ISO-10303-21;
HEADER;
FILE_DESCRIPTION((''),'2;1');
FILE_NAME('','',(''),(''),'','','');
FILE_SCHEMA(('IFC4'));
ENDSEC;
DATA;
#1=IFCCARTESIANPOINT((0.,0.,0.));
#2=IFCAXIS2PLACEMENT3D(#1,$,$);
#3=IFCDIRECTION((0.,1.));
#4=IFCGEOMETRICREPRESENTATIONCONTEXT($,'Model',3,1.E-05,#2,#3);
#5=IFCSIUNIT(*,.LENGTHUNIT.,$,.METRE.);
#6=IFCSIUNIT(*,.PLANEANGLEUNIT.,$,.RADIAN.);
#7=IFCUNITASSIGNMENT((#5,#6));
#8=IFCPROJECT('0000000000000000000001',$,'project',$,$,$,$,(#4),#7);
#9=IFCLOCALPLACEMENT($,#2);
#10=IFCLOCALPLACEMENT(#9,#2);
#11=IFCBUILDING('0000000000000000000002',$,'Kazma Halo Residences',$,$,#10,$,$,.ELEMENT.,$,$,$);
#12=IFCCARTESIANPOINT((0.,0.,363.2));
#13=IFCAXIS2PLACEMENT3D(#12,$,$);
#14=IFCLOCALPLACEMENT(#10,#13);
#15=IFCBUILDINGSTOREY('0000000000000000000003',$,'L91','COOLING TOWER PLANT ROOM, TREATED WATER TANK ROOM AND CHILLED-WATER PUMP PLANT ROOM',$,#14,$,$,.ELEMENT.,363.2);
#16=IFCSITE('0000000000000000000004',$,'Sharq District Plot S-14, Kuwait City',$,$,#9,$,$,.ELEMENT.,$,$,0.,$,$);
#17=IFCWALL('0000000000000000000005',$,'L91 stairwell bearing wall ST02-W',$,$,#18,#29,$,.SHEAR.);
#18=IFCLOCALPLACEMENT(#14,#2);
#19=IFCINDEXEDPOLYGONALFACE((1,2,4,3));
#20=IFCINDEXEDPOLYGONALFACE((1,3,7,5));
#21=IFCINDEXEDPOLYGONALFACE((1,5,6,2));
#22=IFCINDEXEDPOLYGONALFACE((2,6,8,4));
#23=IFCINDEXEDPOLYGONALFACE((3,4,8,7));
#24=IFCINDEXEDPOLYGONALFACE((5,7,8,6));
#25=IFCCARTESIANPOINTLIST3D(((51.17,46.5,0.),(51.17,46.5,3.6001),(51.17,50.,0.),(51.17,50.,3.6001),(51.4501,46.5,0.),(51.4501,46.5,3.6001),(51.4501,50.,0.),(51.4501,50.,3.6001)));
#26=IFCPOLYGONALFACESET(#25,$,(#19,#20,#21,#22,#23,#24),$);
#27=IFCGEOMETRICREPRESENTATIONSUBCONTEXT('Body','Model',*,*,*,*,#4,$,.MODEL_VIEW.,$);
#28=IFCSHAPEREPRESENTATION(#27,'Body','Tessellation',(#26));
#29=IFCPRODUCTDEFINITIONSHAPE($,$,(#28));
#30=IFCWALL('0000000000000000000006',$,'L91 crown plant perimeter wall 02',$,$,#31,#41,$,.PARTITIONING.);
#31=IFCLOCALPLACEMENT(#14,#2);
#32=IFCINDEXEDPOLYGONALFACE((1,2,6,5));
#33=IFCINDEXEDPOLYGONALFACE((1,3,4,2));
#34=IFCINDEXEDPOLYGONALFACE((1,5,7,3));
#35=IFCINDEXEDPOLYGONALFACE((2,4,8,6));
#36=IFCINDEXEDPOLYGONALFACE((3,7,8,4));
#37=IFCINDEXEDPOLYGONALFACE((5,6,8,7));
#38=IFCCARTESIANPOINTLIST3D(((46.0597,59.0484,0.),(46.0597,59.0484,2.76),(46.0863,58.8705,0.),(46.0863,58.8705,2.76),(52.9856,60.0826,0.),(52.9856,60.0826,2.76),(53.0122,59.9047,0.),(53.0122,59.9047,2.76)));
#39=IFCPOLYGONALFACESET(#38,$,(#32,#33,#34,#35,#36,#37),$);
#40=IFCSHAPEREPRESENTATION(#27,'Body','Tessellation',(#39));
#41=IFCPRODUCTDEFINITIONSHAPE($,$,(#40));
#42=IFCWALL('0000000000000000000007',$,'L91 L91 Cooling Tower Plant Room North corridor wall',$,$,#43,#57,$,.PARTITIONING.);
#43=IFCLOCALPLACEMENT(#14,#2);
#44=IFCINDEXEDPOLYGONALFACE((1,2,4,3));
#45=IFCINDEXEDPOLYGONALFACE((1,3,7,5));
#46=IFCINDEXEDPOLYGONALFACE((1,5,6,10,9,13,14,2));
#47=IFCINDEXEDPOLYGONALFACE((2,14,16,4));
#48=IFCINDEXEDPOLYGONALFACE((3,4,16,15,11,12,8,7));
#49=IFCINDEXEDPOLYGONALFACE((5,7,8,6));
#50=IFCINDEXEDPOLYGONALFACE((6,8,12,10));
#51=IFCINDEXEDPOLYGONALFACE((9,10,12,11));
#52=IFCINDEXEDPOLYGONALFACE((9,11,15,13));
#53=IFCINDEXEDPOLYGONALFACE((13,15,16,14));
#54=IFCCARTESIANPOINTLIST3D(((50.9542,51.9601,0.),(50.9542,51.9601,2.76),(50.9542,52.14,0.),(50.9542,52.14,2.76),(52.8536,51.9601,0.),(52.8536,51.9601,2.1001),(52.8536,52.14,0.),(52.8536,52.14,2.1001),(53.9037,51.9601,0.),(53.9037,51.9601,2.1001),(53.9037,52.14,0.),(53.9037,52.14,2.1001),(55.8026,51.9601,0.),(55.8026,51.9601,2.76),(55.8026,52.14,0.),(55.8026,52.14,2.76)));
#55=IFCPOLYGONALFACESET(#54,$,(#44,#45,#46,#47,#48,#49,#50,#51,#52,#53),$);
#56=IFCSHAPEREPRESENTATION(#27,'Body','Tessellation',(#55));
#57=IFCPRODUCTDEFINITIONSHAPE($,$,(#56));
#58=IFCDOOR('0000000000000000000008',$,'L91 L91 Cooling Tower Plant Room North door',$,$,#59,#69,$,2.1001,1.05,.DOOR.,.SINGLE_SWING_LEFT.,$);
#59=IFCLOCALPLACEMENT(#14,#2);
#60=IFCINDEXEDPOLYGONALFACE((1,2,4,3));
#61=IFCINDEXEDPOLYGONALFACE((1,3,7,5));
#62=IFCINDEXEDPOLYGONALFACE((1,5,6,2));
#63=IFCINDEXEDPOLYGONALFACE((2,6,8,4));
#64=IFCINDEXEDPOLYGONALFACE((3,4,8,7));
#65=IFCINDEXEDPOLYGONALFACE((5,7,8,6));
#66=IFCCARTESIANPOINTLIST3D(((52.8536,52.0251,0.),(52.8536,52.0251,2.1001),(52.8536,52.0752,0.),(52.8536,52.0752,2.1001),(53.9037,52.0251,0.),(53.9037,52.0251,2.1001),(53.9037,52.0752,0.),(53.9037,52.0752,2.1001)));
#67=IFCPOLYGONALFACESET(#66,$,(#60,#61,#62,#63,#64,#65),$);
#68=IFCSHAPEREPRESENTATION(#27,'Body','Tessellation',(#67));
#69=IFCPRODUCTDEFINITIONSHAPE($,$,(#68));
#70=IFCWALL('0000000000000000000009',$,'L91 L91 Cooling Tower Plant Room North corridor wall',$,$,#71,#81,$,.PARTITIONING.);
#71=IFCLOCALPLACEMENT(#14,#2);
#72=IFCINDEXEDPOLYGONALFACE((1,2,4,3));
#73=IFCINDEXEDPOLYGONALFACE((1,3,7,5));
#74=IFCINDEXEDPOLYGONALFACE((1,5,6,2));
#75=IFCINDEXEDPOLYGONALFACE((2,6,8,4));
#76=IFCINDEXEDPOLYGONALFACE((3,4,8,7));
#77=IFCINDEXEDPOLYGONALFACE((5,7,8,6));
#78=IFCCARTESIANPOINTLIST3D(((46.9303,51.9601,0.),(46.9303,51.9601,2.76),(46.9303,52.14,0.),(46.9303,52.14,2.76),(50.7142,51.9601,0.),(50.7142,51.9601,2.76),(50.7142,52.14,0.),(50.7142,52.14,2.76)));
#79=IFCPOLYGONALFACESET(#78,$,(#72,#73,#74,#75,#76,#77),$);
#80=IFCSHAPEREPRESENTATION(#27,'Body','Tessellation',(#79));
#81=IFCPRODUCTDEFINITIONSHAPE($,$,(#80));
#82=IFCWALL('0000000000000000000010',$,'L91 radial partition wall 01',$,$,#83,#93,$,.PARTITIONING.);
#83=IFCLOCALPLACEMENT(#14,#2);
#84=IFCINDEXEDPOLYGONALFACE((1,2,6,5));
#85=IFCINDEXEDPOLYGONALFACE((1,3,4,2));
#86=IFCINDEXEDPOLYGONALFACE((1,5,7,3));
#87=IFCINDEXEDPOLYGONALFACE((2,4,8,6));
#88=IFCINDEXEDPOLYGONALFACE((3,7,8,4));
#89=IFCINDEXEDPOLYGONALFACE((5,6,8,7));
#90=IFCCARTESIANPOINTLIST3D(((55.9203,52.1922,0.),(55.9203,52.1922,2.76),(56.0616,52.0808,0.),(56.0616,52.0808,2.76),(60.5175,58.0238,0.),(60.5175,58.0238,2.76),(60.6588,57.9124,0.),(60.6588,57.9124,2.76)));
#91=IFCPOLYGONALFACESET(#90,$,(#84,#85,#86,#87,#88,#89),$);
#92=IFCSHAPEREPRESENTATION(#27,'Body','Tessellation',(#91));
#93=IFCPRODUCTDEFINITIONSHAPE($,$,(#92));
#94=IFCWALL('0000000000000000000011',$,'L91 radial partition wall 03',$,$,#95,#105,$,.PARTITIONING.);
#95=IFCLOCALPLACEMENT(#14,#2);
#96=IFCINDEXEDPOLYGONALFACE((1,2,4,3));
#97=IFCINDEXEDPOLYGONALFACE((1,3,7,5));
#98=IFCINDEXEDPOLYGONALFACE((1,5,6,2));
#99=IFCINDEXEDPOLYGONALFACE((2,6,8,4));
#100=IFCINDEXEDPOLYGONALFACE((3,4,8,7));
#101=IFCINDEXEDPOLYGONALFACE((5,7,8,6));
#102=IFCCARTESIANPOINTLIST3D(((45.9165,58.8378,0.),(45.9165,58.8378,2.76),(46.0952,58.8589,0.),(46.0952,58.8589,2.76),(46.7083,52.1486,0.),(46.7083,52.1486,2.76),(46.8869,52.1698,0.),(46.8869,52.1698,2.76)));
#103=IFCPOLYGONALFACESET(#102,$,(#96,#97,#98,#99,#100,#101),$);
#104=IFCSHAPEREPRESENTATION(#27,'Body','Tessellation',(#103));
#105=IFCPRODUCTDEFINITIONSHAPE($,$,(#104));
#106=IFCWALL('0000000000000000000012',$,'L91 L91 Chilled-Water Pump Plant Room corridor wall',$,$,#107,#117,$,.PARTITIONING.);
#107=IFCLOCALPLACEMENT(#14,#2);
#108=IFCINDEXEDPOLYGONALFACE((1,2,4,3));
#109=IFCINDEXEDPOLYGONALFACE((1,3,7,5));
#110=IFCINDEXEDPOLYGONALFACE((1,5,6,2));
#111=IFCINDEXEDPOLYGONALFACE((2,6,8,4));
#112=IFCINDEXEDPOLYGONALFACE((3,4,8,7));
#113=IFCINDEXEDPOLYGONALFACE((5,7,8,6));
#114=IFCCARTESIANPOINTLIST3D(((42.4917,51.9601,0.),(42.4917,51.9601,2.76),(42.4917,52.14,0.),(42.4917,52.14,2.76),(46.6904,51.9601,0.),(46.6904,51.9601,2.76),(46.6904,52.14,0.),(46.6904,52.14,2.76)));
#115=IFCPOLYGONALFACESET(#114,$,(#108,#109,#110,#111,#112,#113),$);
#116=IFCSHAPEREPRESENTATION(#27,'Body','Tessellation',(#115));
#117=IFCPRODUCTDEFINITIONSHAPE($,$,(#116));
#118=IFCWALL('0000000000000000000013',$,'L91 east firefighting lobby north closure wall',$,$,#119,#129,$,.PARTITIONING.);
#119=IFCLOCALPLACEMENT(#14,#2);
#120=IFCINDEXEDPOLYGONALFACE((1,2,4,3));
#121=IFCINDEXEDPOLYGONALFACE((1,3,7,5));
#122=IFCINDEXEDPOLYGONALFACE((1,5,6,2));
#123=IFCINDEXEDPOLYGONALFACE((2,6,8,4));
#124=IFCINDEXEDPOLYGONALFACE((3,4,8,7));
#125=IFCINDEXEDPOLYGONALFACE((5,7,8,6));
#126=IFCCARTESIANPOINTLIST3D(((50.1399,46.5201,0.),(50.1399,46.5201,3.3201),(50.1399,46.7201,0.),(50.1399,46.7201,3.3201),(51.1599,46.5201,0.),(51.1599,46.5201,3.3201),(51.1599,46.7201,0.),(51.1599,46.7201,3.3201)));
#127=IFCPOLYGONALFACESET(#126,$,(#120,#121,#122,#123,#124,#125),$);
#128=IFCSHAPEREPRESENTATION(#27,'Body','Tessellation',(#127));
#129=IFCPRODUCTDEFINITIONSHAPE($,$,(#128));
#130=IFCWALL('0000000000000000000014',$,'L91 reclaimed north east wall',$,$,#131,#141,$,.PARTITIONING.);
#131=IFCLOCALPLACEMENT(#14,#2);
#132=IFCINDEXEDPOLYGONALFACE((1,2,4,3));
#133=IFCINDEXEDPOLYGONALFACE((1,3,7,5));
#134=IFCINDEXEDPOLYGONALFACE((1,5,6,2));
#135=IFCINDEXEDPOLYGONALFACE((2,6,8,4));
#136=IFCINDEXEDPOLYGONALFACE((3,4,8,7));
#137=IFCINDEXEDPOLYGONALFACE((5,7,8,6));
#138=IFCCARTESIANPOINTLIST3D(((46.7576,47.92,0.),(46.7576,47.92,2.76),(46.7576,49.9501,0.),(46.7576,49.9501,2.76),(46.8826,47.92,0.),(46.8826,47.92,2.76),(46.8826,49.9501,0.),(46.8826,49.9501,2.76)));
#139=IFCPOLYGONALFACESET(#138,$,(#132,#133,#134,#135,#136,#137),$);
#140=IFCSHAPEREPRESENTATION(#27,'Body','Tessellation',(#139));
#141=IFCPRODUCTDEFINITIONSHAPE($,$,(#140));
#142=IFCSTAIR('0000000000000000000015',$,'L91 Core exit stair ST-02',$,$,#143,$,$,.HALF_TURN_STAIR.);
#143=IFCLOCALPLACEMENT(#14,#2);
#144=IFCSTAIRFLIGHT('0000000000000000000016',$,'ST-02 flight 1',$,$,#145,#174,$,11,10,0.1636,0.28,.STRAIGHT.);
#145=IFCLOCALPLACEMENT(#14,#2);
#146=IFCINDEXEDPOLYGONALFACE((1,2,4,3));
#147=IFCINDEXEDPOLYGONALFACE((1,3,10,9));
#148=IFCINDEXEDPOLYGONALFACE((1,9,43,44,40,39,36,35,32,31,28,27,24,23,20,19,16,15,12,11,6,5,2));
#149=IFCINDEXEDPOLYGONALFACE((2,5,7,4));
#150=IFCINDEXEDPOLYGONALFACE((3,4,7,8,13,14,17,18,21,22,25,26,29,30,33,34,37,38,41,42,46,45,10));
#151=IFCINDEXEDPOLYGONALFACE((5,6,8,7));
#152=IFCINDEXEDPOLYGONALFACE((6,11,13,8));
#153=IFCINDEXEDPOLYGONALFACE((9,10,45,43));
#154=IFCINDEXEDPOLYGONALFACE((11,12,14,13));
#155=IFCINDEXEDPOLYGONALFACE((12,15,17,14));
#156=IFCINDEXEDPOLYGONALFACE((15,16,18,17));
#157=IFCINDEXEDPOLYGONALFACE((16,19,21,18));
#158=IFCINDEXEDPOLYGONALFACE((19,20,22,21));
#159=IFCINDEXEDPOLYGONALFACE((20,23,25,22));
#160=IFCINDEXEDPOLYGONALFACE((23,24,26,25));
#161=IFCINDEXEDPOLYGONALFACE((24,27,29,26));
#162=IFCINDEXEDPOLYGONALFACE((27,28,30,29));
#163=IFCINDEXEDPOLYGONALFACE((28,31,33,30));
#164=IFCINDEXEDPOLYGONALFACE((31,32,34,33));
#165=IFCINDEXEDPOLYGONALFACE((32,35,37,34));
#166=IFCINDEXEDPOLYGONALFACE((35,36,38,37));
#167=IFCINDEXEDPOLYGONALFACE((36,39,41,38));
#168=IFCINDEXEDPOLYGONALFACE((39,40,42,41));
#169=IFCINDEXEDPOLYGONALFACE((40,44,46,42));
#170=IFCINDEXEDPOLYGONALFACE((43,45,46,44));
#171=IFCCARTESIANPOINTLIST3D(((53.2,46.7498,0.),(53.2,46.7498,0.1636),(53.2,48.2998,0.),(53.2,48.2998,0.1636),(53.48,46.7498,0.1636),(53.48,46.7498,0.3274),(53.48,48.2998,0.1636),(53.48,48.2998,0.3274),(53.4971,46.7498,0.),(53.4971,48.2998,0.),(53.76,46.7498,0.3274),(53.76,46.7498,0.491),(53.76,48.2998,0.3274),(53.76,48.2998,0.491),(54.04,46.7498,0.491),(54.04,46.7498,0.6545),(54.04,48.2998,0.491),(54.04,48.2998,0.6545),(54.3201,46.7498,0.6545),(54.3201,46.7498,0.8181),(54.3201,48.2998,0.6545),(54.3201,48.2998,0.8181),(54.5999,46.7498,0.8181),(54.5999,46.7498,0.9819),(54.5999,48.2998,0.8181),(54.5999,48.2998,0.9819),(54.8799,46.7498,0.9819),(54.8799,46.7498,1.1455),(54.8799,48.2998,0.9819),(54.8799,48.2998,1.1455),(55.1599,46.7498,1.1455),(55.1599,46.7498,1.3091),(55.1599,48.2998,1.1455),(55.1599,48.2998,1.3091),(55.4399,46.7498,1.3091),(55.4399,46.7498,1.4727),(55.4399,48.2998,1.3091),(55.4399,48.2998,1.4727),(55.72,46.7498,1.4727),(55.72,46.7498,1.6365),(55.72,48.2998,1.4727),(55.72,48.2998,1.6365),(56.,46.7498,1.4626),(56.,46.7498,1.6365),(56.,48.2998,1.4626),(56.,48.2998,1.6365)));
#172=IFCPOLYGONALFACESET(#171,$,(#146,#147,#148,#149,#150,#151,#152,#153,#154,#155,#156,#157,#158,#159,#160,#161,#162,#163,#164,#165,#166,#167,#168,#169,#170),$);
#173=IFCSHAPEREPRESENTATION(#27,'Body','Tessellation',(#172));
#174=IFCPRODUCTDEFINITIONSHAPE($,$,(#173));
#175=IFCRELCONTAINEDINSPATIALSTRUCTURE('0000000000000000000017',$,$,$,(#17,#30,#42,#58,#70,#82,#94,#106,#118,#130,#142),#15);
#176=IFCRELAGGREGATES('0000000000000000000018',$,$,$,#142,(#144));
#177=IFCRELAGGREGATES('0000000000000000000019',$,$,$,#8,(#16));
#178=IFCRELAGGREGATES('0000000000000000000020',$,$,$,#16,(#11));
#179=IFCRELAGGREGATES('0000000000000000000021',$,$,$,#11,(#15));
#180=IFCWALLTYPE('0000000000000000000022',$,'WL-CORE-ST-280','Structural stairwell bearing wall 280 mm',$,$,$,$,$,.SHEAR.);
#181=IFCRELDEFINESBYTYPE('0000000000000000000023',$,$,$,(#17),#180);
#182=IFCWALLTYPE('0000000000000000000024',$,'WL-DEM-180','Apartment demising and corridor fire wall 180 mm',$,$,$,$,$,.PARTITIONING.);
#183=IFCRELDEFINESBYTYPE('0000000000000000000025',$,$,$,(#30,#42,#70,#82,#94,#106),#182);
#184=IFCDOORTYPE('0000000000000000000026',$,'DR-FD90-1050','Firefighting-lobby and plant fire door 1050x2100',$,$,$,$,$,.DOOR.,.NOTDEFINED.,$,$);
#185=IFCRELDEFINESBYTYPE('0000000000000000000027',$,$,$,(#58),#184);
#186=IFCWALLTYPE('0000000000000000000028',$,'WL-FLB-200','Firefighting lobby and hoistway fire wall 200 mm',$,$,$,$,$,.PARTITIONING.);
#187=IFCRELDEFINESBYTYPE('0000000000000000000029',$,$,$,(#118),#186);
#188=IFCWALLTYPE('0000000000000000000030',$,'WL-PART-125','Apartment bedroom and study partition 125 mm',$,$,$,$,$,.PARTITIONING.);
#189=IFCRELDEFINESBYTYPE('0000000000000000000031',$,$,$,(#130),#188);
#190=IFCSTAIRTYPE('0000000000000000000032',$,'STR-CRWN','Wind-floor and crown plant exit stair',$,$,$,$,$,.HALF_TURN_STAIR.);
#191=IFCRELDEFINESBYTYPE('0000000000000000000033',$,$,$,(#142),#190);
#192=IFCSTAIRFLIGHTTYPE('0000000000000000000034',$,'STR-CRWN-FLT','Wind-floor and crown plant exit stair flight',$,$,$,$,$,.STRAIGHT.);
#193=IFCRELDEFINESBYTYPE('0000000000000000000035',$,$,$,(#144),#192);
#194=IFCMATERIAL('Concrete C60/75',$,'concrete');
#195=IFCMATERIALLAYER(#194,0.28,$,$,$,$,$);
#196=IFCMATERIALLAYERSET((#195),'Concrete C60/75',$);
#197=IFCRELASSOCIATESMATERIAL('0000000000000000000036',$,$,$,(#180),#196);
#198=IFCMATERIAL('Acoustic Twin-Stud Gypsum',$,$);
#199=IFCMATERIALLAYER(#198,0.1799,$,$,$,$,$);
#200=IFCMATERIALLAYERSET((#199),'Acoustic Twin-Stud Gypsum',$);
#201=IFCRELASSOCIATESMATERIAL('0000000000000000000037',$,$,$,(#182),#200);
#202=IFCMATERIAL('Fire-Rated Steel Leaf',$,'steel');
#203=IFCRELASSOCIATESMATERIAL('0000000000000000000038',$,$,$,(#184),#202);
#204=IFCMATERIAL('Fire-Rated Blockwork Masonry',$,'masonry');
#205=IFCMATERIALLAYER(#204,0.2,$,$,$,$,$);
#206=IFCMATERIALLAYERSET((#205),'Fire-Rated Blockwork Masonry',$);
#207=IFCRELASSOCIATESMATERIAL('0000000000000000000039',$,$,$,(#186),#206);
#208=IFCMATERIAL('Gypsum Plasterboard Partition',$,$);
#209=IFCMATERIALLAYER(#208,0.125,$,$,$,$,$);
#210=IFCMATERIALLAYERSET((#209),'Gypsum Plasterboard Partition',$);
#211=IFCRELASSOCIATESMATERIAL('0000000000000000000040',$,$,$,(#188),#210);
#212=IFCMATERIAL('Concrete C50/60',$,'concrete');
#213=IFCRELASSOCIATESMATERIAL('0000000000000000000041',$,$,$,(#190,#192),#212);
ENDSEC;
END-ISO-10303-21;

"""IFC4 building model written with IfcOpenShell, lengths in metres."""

from ifc_helpers import new_model, si_unit, direction, frame, frame_2d, origin, place, context, subcontext, project, spatial, polyline, rectangle, outline, extrude, material, layer, layer_set, type_object, element, fill, aggregate, save


model = new_model("IFC4")

# Units and contexts
model_context = context("Model", 3, precision=1e-05, world=origin(), true_north=direction((0.0, 1.0)))
body_context = subcontext(model_context, "Body", "Model", "MODEL_VIEW")
ifc_project = project(units=[si_unit("LENGTHUNIT", "METRE"), si_unit("PLANEANGLEUNIT", "RADIAN")], contexts=[model_context])

# Site, building, storey
site_placement = place(None, origin())
site = spatial("IfcSite", under=ifc_project, at=site_placement, Name="Sharq District Plot S-14, Kuwait City", CompositionType="ELEMENT", RefElevation=0.0)
building_placement = place(site_placement, origin())
building = spatial("IfcBuilding", under=site, at=building_placement, Name="Kazma Halo Residences", CompositionType="ELEMENT")
storey_placement = place(building_placement, frame((0.0, 0.0, 363.2)))
storey = spatial("IfcBuildingStorey", under=building, at=storey_placement, Name="L91", Description="COOLING TOWER PLANT ROOM, TREATED WATER TANK ROOM AND CHILLED-WATER PUMP PLANT ROOM", CompositionType="ELEMENT", Elevation=363.2)

# Walls
ifc_material_1 = material(Name="Concrete C60/75", Category="concrete")
ifc_layer_1 = layer(ifc_material_1, 0.28)
ifc_layer_set_1 = layer_set([ifc_layer_1], Name="Concrete C60/75")
wall_type_1 = type_object("IfcWallType", Name="WL-CORE-ST-280", Description="Structural stairwell bearing wall 280 mm", PredefinedType="SHEAR", material=ifc_layer_set_1)
wall_1_placement = place(storey_placement, frame((51.3101, 46.5, 0.0), z_axis=(0.0, 0.0, 1.0), x_axis=(0.0, 1.0, 0.0)))
element("IfcWall", 1, at=wall_1_placement, inside=storey, type_object=wall_type_1, Name="L91 stairwell bearing wall ST02-W", PredefinedType="SHEAR", context=body_context, shape_type="SweptSolid", body=[
    extrude(rectangle(XDim=3.5, YDim=0.28, at=frame_2d((1.75, 0.0))), origin(), (0.0, 0.0, 1.0), 3.6001),
])
ifc_material_2 = material(Name="Acoustic Twin-Stud Gypsum")
ifc_layer_2 = layer(ifc_material_2, 0.1799)
ifc_layer_set_2 = layer_set([ifc_layer_2], Name="Acoustic Twin-Stud Gypsum")
wall_type_2 = type_object("IfcWallType", Name="WL-DEM-180", Description="Apartment demising and corridor fire wall 180 mm", PredefinedType="PARTITIONING", material=ifc_layer_set_2)
wall_2_placement = place(storey_placement, frame((52.999, 59.9937, 0.0), z_axis=(0.0, 0.0, 1.0), x_axis=(-0.989034, -0.147686, 0.0)))
element("IfcWall", 2, at=wall_2_placement, inside=storey, type_object=wall_type_2, Name="L91 crown plant perimeter wall 02", PredefinedType="PARTITIONING", context=body_context, shape_type="SweptSolid", body=[
    extrude(rectangle(XDim=7.0027, YDim=0.1799, at=frame_2d((3.5015, 0.0))), origin(), (0.0, 0.0, 1.0), 2.76),
])

# Wall, opening, door
wall_3_placement = place(storey_placement, frame((55.8027, 52.05, 0.0), z_axis=(0.0, 0.0, 1.0), x_axis=(-1.0, 0.0, 0.0)))
wall_3 = element("IfcWall", 3, at=wall_3_placement, inside=storey, type_object=wall_type_2, Name="L91 L91 Cooling Tower Plant Room North corridor wall", PredefinedType="PARTITIONING", context=body_context, shape_type="SweptSolid", body=[
    extrude(rectangle(XDim=4.8484, YDim=0.1799, at=frame_2d((2.4243, 0.0))), origin(), (0.0, 0.0, 1.0), 2.76),
])
opening_1_placement = place(wall_3_placement, frame((1.8992, 0.0, 0.0)))
opening_1 = element("IfcOpeningElement", 4, at=opening_1_placement, cuts=wall_3, PredefinedType="OPENING", context=body_context, shape_type="SweptSolid", body=[
    extrude(rectangle(XDim=1.05, YDim=2.1001, at=frame_2d((0.5249, 1.05))), frame((0.0, 0.0999, 0.0), z_axis=(0.0, -1.0, 0.0), x_axis=(1.0, 0.0, 0.0)), (0.0, 0.0, 1.0), 0.2),
])
ifc_material_3 = material(Name="Fire-Rated Steel Leaf", Category="steel")
door_type_1 = type_object("IfcDoorType", Name="DR-FD90-1050", Description="Firefighting-lobby and plant fire door 1050x2100", OperationType="NOTDEFINED", PredefinedType="DOOR", material=ifc_material_3)
door_1_placement = place(opening_1_placement, origin())
door_1 = element("IfcDoor", 5, at=door_1_placement, inside=storey, type_object=door_type_1, Name="L91 L91 Cooling Tower Plant Room North door", OperationType="SINGLE_SWING_LEFT", OverallHeight=2.1001, OverallWidth=1.05, PredefinedType="DOOR", context=body_context, shape_type="SweptSolid", body=[
    extrude(rectangle(XDim=1.05, YDim=2.1001, at=frame_2d((0.5249, 1.05))), frame((0.0, 0.0249, 0.0), z_axis=(0.0, -1.0, 0.0), x_axis=(1.0, 0.0, 0.0)), (0.0, 0.0, 1.0), 0.05),
])
fill(opening_1, door_1)

# Walls
wall_4_placement = place(storey_placement, frame((50.7144, 52.05, 0.0), z_axis=(0.0, 0.0, 1.0), x_axis=(-1.0, 0.0, 0.0)))
element("IfcWall", 6, at=wall_4_placement, inside=storey, type_object=wall_type_2, Name="L91 L91 Cooling Tower Plant Room North corridor wall", PredefinedType="PARTITIONING", context=body_context, shape_type="SweptSolid", body=[
    extrude(rectangle(XDim=3.7839, YDim=0.1799, at=frame_2d((1.8921, 0.0))), origin(), (0.0, 0.0, 1.0), 2.76),
])
wall_5_placement = place(storey_placement, frame((55.991, 52.1365, 0.0), z_axis=(0.0, 0.0, 1.0), x_axis=(0.61909, 0.78532, 0.0)))
element("IfcWall", 7, at=wall_5_placement, inside=storey, type_object=wall_type_2, Name="L91 radial partition wall 01", PredefinedType="PARTITIONING", context=body_context, shape_type="SweptSolid", body=[
    extrude(rectangle(XDim=7.4258, YDim=0.1799, at=frame_2d((3.7129, 0.0))), origin(), (0.0, 0.0, 1.0), 2.76),
])
wall_6_placement = place(storey_placement, frame((46.7976, 52.1592, 0.0), z_axis=(0.0, 0.0, 1.0), x_axis=(-0.117541, 0.993068, 0.0)))
element("IfcWall", 8, at=wall_6_placement, inside=storey, type_object=wall_type_2, Name="L91 radial partition wall 03", PredefinedType="PARTITIONING", context=body_context, shape_type="SweptSolid", body=[
    extrude(rectangle(XDim=6.7358, YDim=0.1799, at=frame_2d((3.3679, 0.0))), origin(), (0.0, 0.0, 1.0), 2.76),
])
wall_7_placement = place(storey_placement, frame((46.6904, 52.05, 0.0), z_axis=(0.0, 0.0, 1.0), x_axis=(-1.0, 0.0, 0.0)))
element("IfcWall", 9, at=wall_7_placement, inside=storey, type_object=wall_type_2, Name="L91 L91 Chilled-Water Pump Plant Room corridor wall", PredefinedType="PARTITIONING", context=body_context, shape_type="SweptSolid", body=[
    extrude(rectangle(XDim=4.1987, YDim=0.1799, at=frame_2d((2.0994, 0.0))), origin(), (0.0, 0.0, 1.0), 2.76),
])
ifc_material_4 = material(Name="Fire-Rated Blockwork Masonry", Category="masonry")
ifc_layer_3 = layer(ifc_material_4, 0.2)
ifc_layer_set_3 = layer_set([ifc_layer_3], Name="Fire-Rated Blockwork Masonry")
wall_type_3 = type_object("IfcWallType", Name="WL-FLB-200", Description="Firefighting lobby and hoistway fire wall 200 mm", PredefinedType="PARTITIONING", material=ifc_layer_set_3)
wall_8_placement = place(storey_placement, frame((50.1399, 46.6201, 0.0), z_axis=(0.0, 0.0, 1.0), x_axis=(1.0, 0.0, 0.0)))
element("IfcWall", 10, at=wall_8_placement, inside=storey, type_object=wall_type_3, Name="L91 east firefighting lobby north closure wall", PredefinedType="PARTITIONING", context=body_context, shape_type="SweptSolid", body=[
    extrude(rectangle(XDim=1.02, YDim=0.2, at=frame_2d((0.51, 0.0))), origin(), (0.0, 0.0, 1.0), 3.3201),
])
ifc_material_5 = material(Name="Gypsum Plasterboard Partition")
ifc_layer_4 = layer(ifc_material_5, 0.125)
ifc_layer_set_4 = layer_set([ifc_layer_4], Name="Gypsum Plasterboard Partition")
wall_type_4 = type_object("IfcWallType", Name="WL-PART-125", Description="Apartment bedroom and study partition 125 mm", PredefinedType="PARTITIONING", material=ifc_layer_set_4)
wall_9_placement = place(storey_placement, frame((46.8201, 47.9199, 0.0), z_axis=(0.0, 0.0, 1.0), x_axis=(0.0, 1.0, 0.0)))
element("IfcWall", 11, at=wall_9_placement, inside=storey, type_object=wall_type_4, Name="L91 reclaimed north east wall", PredefinedType="PARTITIONING", context=body_context, shape_type="SweptSolid", body=[
    extrude(rectangle(XDim=2.03, YDim=0.125, at=frame_2d((1.0151, 0.0))), origin(), (0.0, 0.0, 1.0), 2.76),
])

# Shared definitions
ifc_material_6 = material(Name="Concrete C50/60", Category="concrete")

# Stair, stair flight
stair_type = type_object("IfcStairType", Name="STR-CRWN", Description="Wind-floor and crown plant exit stair", PredefinedType="HALF_TURN_STAIR", material=ifc_material_6)
stair_placement = place(storey_placement, origin())
stair = element("IfcStair", 12, at=stair_placement, inside=storey, type_object=stair_type, Name="L91 Core exit stair ST-02", PredefinedType="HALF_TURN_STAIR")
stair_flight_type = type_object("IfcStairFlightType", Name="STR-CRWN-FLT", Description="Wind-floor and crown plant exit stair flight", PredefinedType="STRAIGHT", material=ifc_material_6)
stair_flight_placement = place(storey_placement, frame((53.2, 47.5249, 0.0), z_axis=(0.0, 0.0, 1.0), x_axis=(1.0, 0.0, 0.0)))
stair_flight = element("IfcStairFlight", 13, at=stair_flight_placement, type_object=stair_flight_type, Name="ST-02 flight 1", NumberOfRisers=11, NumberOfTreads=10, PredefinedType="STRAIGHT", RiserHeight=0.1636, TreadLength=0.28, context=body_context, shape_type="SweptSolid", body=[
    extrude(outline(polyline([(0.0, 0.0), (0.0, 0.1636), (0.28, 0.1636), (0.28, 0.3274), (0.5601, 0.3274), (0.5601, 0.491), (0.8401, 0.491), (0.8401, 0.6545), (1.1201, 0.6545), (1.1201, 0.8181), (1.3999, 0.8181), (1.3999, 0.9819), (1.6799, 0.9819), (1.6799, 1.1455), (1.96, 1.1455), (1.96, 1.3091), (2.24, 1.3091), (2.24, 1.4727), (2.52, 1.4727), (2.52, 1.6365), (2.8, 1.6365), (2.8, 1.8), (2.8, 1.4626), (0.2971, 0.0), (0.0, 0.0)])), frame((0.0, 0.7749, 0.0), z_axis=(0.0, -1.0, 0.0), x_axis=(1.0, 0.0, 0.0)), (0.0, 0.0, 1.0), 1.55),
])
aggregate(stair, [stair_flight])

save(model, "model.ifc")
